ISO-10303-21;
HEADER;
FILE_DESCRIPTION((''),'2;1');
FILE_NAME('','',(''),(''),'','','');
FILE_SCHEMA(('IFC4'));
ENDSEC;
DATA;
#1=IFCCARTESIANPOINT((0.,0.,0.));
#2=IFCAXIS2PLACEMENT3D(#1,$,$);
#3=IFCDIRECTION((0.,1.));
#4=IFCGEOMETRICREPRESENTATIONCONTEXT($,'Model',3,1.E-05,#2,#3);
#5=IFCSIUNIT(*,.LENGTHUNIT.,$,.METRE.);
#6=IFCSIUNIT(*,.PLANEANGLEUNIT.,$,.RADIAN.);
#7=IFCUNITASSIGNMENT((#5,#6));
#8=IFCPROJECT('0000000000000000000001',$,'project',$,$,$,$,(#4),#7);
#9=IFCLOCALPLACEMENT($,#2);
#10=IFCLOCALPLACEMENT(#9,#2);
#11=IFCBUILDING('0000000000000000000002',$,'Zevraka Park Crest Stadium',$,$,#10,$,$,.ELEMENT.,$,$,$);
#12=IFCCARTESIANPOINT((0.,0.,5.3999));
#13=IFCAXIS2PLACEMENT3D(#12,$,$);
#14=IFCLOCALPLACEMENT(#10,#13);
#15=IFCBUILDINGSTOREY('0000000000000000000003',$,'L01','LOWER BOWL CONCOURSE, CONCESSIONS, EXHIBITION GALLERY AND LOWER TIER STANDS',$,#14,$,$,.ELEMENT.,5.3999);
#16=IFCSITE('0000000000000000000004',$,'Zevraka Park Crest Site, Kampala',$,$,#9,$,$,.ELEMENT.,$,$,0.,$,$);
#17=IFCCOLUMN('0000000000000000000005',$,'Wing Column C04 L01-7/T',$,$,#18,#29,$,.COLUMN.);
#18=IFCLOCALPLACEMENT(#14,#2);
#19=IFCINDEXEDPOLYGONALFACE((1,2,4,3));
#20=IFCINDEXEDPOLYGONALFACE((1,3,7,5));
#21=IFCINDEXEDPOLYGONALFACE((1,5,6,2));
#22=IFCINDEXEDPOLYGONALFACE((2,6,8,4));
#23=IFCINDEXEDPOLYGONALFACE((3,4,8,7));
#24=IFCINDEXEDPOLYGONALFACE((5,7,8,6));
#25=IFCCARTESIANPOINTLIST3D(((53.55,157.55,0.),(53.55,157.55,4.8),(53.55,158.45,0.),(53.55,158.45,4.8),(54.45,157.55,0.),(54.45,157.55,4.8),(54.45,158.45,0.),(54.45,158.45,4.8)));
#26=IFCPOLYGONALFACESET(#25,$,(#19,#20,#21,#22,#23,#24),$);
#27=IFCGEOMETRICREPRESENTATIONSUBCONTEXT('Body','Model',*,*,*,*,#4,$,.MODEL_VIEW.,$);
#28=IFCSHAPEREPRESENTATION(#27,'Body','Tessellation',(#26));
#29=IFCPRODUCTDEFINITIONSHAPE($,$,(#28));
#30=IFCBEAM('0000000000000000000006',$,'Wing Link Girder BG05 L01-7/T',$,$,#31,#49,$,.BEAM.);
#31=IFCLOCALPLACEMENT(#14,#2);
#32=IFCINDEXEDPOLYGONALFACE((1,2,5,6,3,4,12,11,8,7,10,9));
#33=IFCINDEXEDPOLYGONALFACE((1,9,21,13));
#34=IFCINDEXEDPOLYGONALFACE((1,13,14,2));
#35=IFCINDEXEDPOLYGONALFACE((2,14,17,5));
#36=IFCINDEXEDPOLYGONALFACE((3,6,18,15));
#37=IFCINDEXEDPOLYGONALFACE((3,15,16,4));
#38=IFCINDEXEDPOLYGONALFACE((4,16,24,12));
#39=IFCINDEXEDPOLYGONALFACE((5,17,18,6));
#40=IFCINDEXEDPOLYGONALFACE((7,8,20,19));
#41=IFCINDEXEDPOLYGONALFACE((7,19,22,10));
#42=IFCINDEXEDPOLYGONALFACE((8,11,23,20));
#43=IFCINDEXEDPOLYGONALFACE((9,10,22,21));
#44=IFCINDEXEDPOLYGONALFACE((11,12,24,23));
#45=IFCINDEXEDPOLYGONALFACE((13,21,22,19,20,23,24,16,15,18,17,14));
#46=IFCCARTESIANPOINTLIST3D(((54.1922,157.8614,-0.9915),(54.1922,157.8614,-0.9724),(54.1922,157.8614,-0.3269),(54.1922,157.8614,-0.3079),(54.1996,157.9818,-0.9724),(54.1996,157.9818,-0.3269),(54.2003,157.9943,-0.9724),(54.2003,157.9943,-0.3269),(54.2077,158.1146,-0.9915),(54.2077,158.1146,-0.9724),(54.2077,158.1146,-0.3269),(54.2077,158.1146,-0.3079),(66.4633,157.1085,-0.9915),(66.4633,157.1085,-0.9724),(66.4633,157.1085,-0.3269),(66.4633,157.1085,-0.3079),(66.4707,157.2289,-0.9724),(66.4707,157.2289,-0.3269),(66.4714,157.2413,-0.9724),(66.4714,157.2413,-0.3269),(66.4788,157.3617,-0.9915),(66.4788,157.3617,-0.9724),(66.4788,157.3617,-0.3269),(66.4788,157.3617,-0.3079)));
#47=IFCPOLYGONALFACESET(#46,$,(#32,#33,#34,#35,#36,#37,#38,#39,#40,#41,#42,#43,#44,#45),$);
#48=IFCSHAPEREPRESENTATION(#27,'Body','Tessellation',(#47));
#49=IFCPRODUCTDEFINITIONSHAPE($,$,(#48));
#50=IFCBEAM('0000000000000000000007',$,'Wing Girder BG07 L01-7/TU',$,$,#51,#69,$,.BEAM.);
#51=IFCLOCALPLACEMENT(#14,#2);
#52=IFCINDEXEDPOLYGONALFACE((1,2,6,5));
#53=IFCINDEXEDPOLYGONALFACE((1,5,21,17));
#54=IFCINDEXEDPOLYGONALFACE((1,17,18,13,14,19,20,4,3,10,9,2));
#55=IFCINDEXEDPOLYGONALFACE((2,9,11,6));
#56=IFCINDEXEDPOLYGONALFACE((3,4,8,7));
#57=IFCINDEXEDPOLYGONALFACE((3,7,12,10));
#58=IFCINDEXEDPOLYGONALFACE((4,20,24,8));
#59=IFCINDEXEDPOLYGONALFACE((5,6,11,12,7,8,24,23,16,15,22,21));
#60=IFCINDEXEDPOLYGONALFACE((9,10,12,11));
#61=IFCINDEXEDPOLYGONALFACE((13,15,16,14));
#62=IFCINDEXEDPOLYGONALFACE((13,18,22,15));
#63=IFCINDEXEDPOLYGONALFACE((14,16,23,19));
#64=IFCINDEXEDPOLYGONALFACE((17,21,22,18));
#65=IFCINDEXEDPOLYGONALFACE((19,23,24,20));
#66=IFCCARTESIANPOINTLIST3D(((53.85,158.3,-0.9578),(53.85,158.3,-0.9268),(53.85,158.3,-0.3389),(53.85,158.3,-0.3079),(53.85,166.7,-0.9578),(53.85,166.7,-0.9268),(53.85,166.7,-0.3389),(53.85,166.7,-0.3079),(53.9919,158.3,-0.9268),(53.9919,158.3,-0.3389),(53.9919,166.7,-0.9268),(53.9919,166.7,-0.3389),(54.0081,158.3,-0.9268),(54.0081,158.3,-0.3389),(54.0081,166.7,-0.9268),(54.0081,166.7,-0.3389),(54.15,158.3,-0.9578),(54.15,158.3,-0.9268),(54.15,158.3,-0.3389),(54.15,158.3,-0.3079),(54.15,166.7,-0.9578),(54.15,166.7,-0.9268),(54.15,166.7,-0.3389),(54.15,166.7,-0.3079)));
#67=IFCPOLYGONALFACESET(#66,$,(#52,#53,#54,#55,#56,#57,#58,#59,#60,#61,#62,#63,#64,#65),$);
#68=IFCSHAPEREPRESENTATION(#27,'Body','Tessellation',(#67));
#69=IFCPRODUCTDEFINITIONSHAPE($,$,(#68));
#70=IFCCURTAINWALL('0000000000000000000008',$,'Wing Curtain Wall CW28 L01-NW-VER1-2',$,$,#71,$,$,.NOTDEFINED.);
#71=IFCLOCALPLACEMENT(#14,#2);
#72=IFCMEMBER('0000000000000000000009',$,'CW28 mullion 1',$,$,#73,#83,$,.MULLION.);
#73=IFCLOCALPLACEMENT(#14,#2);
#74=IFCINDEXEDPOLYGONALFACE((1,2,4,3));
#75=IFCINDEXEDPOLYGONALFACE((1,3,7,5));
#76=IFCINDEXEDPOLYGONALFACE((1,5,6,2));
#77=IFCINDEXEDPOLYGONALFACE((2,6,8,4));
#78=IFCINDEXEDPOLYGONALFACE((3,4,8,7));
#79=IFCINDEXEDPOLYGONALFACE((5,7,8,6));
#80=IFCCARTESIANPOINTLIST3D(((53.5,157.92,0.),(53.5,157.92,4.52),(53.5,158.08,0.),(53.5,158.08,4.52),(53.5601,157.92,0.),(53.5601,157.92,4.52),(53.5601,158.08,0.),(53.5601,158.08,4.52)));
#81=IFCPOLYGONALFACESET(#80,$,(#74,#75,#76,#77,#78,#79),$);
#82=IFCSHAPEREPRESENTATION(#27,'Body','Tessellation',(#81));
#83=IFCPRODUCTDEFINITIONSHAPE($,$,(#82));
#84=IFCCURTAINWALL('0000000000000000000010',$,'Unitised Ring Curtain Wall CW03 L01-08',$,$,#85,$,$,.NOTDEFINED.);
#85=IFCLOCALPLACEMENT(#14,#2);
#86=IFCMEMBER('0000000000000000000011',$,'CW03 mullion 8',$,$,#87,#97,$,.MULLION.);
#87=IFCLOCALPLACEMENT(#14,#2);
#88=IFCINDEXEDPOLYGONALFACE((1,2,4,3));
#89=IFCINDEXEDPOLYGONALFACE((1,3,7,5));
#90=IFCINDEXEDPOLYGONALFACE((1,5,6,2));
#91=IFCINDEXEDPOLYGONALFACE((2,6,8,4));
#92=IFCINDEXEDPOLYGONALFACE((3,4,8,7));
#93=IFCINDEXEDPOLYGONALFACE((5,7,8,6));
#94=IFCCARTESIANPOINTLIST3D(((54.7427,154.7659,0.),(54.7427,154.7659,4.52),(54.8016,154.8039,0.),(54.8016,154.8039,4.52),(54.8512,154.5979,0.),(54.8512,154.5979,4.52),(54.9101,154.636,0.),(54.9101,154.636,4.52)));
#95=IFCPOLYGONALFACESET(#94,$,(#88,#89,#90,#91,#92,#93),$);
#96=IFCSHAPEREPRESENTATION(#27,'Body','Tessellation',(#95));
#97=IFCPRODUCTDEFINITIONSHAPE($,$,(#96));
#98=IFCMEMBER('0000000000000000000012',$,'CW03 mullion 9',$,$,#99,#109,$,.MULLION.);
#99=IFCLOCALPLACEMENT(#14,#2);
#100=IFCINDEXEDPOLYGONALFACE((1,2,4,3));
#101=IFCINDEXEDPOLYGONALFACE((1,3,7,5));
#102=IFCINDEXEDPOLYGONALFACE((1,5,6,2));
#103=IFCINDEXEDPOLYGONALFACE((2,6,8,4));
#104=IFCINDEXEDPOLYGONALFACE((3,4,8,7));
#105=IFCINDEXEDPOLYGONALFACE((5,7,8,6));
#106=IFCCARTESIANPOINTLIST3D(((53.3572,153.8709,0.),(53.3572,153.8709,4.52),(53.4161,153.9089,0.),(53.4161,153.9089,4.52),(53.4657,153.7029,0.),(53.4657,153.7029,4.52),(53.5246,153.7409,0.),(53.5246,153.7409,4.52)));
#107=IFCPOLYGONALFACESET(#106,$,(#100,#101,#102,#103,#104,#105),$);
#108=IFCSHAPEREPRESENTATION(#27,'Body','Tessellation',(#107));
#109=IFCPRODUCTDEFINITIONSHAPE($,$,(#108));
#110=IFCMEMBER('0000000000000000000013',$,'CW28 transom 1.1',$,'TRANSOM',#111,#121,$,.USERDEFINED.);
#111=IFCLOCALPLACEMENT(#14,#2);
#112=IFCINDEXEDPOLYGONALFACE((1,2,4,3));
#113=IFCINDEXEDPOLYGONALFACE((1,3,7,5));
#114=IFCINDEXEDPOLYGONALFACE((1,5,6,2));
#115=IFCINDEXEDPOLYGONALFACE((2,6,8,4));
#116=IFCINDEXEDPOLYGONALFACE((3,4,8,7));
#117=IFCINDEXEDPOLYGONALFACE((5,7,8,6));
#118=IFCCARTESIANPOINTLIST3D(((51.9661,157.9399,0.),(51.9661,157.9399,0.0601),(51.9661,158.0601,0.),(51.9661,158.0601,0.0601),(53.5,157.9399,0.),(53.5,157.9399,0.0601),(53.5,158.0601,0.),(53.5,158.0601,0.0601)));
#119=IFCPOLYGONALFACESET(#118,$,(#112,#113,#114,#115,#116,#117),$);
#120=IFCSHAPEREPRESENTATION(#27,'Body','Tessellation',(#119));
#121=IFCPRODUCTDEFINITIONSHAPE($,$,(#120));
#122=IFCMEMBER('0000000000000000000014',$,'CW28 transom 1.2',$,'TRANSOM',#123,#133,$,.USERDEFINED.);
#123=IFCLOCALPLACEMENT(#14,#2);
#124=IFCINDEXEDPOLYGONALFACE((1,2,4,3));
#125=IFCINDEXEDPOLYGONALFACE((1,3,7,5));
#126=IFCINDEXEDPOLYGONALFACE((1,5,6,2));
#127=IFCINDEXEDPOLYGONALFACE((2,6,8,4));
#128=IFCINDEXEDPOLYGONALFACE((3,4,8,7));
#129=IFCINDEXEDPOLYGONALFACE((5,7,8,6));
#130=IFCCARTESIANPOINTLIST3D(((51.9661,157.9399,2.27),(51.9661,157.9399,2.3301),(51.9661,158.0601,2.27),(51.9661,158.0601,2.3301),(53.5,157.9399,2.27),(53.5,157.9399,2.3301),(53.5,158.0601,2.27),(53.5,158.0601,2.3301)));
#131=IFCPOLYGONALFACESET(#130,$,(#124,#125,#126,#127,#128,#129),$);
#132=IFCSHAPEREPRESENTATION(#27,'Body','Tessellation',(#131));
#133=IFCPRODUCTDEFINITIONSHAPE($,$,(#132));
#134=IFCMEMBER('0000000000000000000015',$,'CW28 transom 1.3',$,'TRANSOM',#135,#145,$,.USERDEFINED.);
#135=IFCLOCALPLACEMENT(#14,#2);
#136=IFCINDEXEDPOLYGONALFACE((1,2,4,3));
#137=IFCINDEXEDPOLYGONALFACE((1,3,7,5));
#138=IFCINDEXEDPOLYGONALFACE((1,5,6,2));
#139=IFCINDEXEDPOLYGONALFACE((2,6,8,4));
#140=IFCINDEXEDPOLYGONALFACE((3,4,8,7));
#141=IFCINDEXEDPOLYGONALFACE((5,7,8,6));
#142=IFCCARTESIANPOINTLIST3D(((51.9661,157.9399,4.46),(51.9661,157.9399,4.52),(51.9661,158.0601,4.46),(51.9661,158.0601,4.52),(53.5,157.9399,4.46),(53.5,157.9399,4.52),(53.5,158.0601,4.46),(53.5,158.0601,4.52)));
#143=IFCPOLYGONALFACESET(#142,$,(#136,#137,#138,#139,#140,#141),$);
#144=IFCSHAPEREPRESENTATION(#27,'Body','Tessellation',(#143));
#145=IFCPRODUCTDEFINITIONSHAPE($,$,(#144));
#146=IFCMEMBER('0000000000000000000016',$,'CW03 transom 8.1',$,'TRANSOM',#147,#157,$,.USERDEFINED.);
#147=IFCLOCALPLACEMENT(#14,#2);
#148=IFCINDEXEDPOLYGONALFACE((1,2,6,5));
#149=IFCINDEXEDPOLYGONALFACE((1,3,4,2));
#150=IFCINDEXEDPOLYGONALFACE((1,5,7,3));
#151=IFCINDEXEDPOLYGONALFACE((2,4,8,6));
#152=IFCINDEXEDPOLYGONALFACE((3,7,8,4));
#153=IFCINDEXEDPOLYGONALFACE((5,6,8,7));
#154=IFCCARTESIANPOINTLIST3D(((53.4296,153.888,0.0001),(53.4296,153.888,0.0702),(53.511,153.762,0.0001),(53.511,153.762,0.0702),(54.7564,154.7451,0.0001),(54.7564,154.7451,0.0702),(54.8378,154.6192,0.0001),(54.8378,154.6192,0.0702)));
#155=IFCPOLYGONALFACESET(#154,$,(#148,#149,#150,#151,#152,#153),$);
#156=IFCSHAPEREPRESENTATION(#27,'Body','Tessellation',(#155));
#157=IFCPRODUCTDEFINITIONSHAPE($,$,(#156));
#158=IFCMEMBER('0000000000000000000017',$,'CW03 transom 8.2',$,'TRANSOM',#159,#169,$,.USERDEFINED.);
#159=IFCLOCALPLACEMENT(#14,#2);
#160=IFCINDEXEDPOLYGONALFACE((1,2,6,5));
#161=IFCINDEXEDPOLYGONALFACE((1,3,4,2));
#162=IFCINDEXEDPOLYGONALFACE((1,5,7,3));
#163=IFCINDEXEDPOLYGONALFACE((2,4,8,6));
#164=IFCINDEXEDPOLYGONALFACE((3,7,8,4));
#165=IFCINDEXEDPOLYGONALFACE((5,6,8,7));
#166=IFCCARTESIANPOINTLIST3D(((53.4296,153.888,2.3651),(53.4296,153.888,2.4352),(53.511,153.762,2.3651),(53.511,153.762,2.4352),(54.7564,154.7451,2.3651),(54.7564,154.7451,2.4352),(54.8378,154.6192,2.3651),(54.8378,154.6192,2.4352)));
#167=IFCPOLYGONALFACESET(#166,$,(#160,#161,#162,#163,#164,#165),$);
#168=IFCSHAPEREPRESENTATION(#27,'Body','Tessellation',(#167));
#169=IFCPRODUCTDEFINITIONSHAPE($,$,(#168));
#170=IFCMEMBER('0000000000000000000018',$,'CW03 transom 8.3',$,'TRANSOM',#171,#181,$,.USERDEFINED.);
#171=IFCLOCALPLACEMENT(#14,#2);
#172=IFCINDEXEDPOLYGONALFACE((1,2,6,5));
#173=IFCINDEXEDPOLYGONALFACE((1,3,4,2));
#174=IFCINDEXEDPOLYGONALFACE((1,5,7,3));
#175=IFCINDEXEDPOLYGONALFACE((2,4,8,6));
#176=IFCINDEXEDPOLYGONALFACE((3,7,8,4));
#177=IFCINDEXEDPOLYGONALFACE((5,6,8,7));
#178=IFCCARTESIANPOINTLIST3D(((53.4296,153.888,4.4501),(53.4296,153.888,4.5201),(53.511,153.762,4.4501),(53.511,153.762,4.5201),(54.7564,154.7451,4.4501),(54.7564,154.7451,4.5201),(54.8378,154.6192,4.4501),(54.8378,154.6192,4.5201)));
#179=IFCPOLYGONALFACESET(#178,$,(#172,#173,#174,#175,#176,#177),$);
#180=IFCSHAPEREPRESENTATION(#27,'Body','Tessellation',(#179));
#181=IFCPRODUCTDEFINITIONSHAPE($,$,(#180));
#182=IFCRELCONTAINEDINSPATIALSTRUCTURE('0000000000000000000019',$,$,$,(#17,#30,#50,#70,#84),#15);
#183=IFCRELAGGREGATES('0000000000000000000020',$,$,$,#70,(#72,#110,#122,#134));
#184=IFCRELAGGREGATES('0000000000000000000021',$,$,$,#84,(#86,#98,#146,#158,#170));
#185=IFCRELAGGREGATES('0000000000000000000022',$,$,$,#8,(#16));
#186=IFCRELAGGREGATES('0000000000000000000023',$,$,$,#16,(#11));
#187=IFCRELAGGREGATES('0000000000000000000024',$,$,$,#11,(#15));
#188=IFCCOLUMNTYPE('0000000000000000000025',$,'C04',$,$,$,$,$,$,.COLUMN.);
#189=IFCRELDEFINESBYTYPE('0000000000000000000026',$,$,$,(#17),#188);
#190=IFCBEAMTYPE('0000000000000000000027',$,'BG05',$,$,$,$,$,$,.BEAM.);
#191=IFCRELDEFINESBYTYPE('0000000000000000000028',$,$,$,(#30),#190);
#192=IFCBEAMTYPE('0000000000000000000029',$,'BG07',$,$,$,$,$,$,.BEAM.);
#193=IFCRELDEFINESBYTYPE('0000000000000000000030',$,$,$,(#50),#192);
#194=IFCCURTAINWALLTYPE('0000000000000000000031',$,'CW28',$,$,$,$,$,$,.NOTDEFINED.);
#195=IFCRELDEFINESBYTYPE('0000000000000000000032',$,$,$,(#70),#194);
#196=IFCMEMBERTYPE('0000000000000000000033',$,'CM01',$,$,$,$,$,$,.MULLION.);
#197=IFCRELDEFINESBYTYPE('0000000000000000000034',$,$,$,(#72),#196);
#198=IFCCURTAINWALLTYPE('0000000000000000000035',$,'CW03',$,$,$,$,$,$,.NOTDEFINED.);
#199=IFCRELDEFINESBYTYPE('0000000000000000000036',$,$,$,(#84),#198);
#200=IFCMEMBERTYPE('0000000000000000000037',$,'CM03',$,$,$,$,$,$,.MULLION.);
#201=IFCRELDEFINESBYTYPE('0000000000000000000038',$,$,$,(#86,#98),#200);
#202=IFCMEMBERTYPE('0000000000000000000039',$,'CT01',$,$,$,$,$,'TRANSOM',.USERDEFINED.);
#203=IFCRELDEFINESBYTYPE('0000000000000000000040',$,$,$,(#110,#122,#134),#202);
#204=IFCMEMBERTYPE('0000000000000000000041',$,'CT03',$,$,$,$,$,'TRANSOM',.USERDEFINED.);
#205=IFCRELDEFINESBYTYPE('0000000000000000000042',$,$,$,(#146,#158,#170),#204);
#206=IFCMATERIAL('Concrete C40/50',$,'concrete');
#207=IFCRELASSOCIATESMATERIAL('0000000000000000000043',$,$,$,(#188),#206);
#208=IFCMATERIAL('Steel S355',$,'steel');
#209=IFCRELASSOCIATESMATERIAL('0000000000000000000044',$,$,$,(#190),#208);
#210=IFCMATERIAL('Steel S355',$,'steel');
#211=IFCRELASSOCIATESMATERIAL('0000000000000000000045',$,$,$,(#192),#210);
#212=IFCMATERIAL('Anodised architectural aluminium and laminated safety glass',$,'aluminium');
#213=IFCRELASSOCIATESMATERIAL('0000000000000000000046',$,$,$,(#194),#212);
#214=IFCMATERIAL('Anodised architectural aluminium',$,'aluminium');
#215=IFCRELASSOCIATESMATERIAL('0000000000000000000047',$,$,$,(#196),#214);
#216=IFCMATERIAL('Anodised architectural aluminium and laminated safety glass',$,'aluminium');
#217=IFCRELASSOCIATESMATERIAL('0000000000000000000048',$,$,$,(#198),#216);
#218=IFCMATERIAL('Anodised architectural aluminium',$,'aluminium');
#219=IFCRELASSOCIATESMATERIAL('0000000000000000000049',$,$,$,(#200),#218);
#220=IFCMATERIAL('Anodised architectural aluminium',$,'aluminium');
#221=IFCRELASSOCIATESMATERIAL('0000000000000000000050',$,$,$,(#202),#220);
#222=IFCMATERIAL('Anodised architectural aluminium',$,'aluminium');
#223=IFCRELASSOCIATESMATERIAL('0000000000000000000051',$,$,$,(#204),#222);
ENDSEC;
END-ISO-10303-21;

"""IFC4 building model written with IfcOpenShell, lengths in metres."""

from ifc_helpers import new_model, si_unit, direction, frame, origin, origin_2d, place, context, subcontext, project, spatial, rectangle, i_section, extrude, material, material_profile, profile_set, type_object, element, aggregate, save


model = new_model("IFC4")

# Units and contexts
model_context = context("Model", 3, precision=1e-05, world=origin(), true_north=direction((0.0, 1.0)))
body_context = subcontext(model_context, "Body", "Model", "MODEL_VIEW")
ifc_project = project(units=[si_unit("LENGTHUNIT", "METRE"), si_unit("PLANEANGLEUNIT", "RADIAN")], contexts=[model_context])

# Site, building, storey
site_placement = place(None, origin())
site = spatial("IfcSite", under=ifc_project, at=site_placement, Name="Zevraka Park Crest Site, Kampala", CompositionType="ELEMENT", RefElevation=0.0)
building_placement = place(site_placement, origin())
building = spatial("IfcBuilding", under=site, at=building_placement, Name="Zevraka Park Crest Stadium", CompositionType="ELEMENT")
storey_placement = place(building_placement, frame((0.0, 0.0, 5.3999)))
storey = spatial("IfcBuildingStorey", under=building, at=storey_placement, Name="L01", Description="LOWER BOWL CONCOURSE, CONCESSIONS, EXHIBITION GALLERY AND LOWER TIER STANDS", CompositionType="ELEMENT", Elevation=5.3999)

# Column
ifc_material_1 = material(Name="Concrete C40/50", Category="concrete")
ifc_material_profile_1 = material_profile(ifc_material_1, rectangle(XDim=0.8999, YDim=0.8999, at=origin_2d()), Name="RC 900x900")
ifc_profile_set_1 = profile_set([ifc_material_profile_1], Name="Concrete C40/50")
column_type = type_object("IfcColumnType", Name="C04", PredefinedType="COLUMN", material=ifc_profile_set_1)
column_placement = place(storey_placement, frame((54.0, 158.0, 0.0), z_axis=(0.0, 0.0, 1.0), x_axis=(1.0, 0.0, 0.0)))
element("IfcColumn", 1, at=column_placement, inside=storey, type_object=column_type, Name="Wing Column C04 L01-7/T", PredefinedType="COLUMN", context=body_context, shape_type="SweptSolid", body=[
    extrude(rectangle(XDim=0.8999, YDim=0.8999, at=origin_2d()), origin(), (0.0, 0.0, 1.0), 4.8),
])

# Beams
ifc_material_2 = material(Name="Steel S355", Category="steel")
ifc_material_profile_2 = material_profile(ifc_material_2, i_section(OverallWidth=0.2537, OverallDepth=0.6836, WebThickness=0.0125, FlangeThickness=0.019, at=origin_2d()), Name="UKB 686x254x140")
ifc_profile_set_2 = profile_set([ifc_material_profile_2], Name="Steel S355")
beam_type_1 = type_object("IfcBeamType", Name="BG05", PredefinedType="BEAM", material=ifc_profile_set_2)
beam_1_placement = place(storey_placement, frame((54.2, 157.988, -0.6497), z_axis=(0.998123, -0.061243, 0.0), x_axis=(0.061243, 0.998123, 0.0)))
element("IfcBeam", 2, at=beam_1_placement, inside=storey, type_object=beam_type_1, Name="Wing Link Girder BG05 L01-7/T", PredefinedType="BEAM", context=body_context, shape_type="SweptSolid", body=[
    extrude(i_section(OverallWidth=0.2537, OverallDepth=0.6836, WebThickness=0.0125, FlangeThickness=0.019, at=origin_2d()), origin(), (0.0, 0.0, 1.0), 12.2942),
])
ifc_material_3 = material(Name="Steel S355", Category="steel")
ifc_material_profile_3 = material_profile(ifc_material_3, i_section(OverallWidth=0.3, OverallDepth=0.6499, WebThickness=0.0161, FlangeThickness=0.031, at=origin_2d()), Name="HEB 650")
ifc_profile_set_3 = profile_set([ifc_material_profile_3], Name="Steel S355")
beam_type_2 = type_object("IfcBeamType", Name="BG07", PredefinedType="BEAM", material=ifc_profile_set_3)
beam_2_placement = place(storey_placement, frame((54.0, 158.3, -0.6328), z_axis=(0.0, 1.0, 0.0), x_axis=(-1.0, 0.0, 0.0)))
element("IfcBeam", 3, at=beam_2_placement, inside=storey, type_object=beam_type_2, Name="Wing Girder BG07 L01-7/TU", PredefinedType="BEAM", context=body_context, shape_type="SweptSolid", body=[
    extrude(i_section(OverallWidth=0.3, OverallDepth=0.6499, WebThickness=0.0161, FlangeThickness=0.031, at=origin_2d()), origin(), (0.0, 0.0, 1.0), 8.3999),
])

# Curtain wall, member
ifc_material_4 = material(Name="Anodised architectural aluminium and laminated safety glass", Category="aluminium")
curtain_wall_type_1 = type_object("IfcCurtainWallType", Name="CW28", PredefinedType="NOTDEFINED", material=ifc_material_4)
curtain_wall_1_placement = place(storey_placement, origin())
curtain_wall_1 = element("IfcCurtainWall", 4, at=curtain_wall_1_placement, inside=storey, type_object=curtain_wall_type_1, Name="Wing Curtain Wall CW28 L01-NW-VER1-2", PredefinedType="NOTDEFINED")
ifc_material_5 = material(Name="Anodised architectural aluminium", Category="aluminium")
ifc_material_profile_4 = material_profile(ifc_material_5, rectangle(XDim=0.1599, YDim=0.0601, at=origin_2d()), Name="ALU MULLION 160x60")
ifc_profile_set_4 = profile_set([ifc_material_profile_4], Name="Anodised architectural aluminium")
member_type_1 = type_object("IfcMemberType", Name="CM01", PredefinedType="MULLION", material=ifc_profile_set_4)
member_1_placement = place(storey_placement, frame((53.53, 158.0, 0.0), z_axis=(0.0, 0.0, 1.0), x_axis=(0.0, -1.0, 0.0)))
member_1 = element("IfcMember", 5, at=member_1_placement, type_object=member_type_1, Name="CW28 mullion 1", PredefinedType="MULLION", context=body_context, shape_type="SweptSolid", body=[
    extrude(rectangle(XDim=0.1599, YDim=0.0601, at=origin_2d()), origin(), (0.0, 0.0, 1.0), 4.52),
])

# Curtain wall, members
ifc_material_6 = material(Name="Anodised architectural aluminium and laminated safety glass", Category="aluminium")
curtain_wall_type_2 = type_object("IfcCurtainWallType", Name="CW03", PredefinedType="NOTDEFINED", material=ifc_material_6)
curtain_wall_2_placement = place(storey_placement, origin())
curtain_wall_2 = element("IfcCurtainWall", 6, at=curtain_wall_2_placement, inside=storey, type_object=curtain_wall_type_2, Name="Unitised Ring Curtain Wall CW03 L01-08", PredefinedType="NOTDEFINED")
ifc_material_7 = material(Name="Anodised architectural aluminium", Category="aluminium")
ifc_material_profile_5 = material_profile(ifc_material_7, rectangle(XDim=0.2, YDim=0.0701, at=origin_2d()), Name="ALU MULLION 200x70")
ifc_profile_set_5 = profile_set([ifc_material_profile_5], Name="Anodised architectural aluminium")
member_type_2 = type_object("IfcMemberType", Name="CM03", PredefinedType="MULLION", material=ifc_profile_set_5)
member_2_placement = place(storey_placement, frame((54.8264, 154.7009, 0.0), z_axis=(0.0, 0.0, 1.0), x_axis=(0.542571, -0.84001, 0.0)))
member_2 = element("IfcMember", 7, at=member_2_placement, type_object=member_type_2, Name="CW03 mullion 8", PredefinedType="MULLION", context=body_context, shape_type="SweptSolid", body=[
    extrude(rectangle(XDim=0.2, YDim=0.0701, at=origin_2d()), origin(), (0.0, 0.0, 1.0), 4.52),
])
member_3_placement = place(storey_placement, frame((53.4409, 153.8059, 0.0), z_axis=(0.0, 0.0, 1.0), x_axis=(0.542571, -0.84001, 0.0)))
member_3 = element("IfcMember", 8, at=member_3_placement, type_object=member_type_2, Name="CW03 mullion 9", PredefinedType="MULLION", context=body_context, shape_type="SweptSolid", body=[
    extrude(rectangle(XDim=0.2, YDim=0.0701, at=origin_2d()), origin(), (0.0, 0.0, 1.0), 4.52),
])

# Members
ifc_material_8 = material(Name="Anodised architectural aluminium", Category="aluminium")
ifc_material_profile_6 = material_profile(ifc_material_8, rectangle(XDim=0.1201, YDim=0.0601, at=origin_2d()), Name="ALU TRANSOM 120x60")
ifc_profile_set_6 = profile_set([ifc_material_profile_6], Name="Anodised architectural aluminium")
member_type_3 = type_object("IfcMemberType", Name="CT01", ElementType="TRANSOM", PredefinedType="USERDEFINED", material=ifc_profile_set_6)
member_4_placement = place(storey_placement, frame((53.5, 158.0, 0.03), z_axis=(-1.0, 0.0, 0.0), x_axis=(0.0, -1.0, 0.0)))
member_4 = element("IfcMember", 9, at=member_4_placement, type_object=member_type_3, Name="CW28 transom 1.1", ObjectType="TRANSOM", PredefinedType="USERDEFINED", context=body_context, shape_type="SweptSolid", body=[
    extrude(rectangle(XDim=0.1201, YDim=0.0601, at=origin_2d()), origin(), (0.0, 0.0, 1.0), 1.5339),
])
member_5_placement = place(storey_placement, frame((53.5, 158.0, 2.3), z_axis=(-1.0, 0.0, 0.0), x_axis=(0.0, -1.0, 0.0)))
member_5 = element("IfcMember", 10, at=member_5_placement, type_object=member_type_3, Name="CW28 transom 1.2", ObjectType="TRANSOM", PredefinedType="USERDEFINED", context=body_context, shape_type="SweptSolid", body=[
    extrude(rectangle(XDim=0.1201, YDim=0.0601, at=origin_2d()), origin(), (0.0, 0.0, 1.0), 1.5339),
])
member_6_placement = place(storey_placement, frame((53.5, 158.0, 4.49), z_axis=(-1.0, 0.0, 0.0), x_axis=(0.0, -1.0, 0.0)))
member_6 = element("IfcMember", 11, at=member_6_placement, type_object=member_type_3, Name="CW28 transom 1.3", ObjectType="TRANSOM", PredefinedType="USERDEFINED", context=body_context, shape_type="SweptSolid", body=[
    extrude(rectangle(XDim=0.1201, YDim=0.0601, at=origin_2d()), origin(), (0.0, 0.0, 1.0), 1.5339),
])
aggregate(curtain_wall_1, [member_1, member_4, member_5, member_6])
ifc_material_9 = material(Name="Anodised architectural aluminium", Category="aluminium")
ifc_material_profile_7 = material_profile(ifc_material_9, rectangle(XDim=0.1499, YDim=0.0701, at=origin_2d()), Name="ALU TRANSOM 150x70")
ifc_profile_set_7 = profile_set([ifc_material_profile_7], Name="Anodised architectural aluminium")
member_type_4 = type_object("IfcMemberType", Name="CT03", ElementType="TRANSOM", PredefinedType="USERDEFINED", material=ifc_profile_set_7)
member_7_placement = place(storey_placement, frame((54.7971, 154.6821, 0.0352), z_axis=(-0.839976, -0.542623, 0.0), x_axis=(0.542623, -0.839976, 0.0)))
member_7 = element("IfcMember", 12, at=member_7_placement, type_object=member_type_4, Name="CW03 transom 8.1", ObjectType="TRANSOM", PredefinedType="USERDEFINED", context=body_context, shape_type="SweptSolid", body=[
    extrude(rectangle(XDim=0.1499, YDim=0.0701, at=origin_2d()), origin(), (0.0, 0.0, 1.0), 1.5796),
])
member_8_placement = place(storey_placement, frame((54.7971, 154.6821, 2.4001), z_axis=(-0.839976, -0.542623, 0.0), x_axis=(0.542623, -0.839976, 0.0)))
member_8 = element("IfcMember", 13, at=member_8_placement, type_object=member_type_4, Name="CW03 transom 8.2", ObjectType="TRANSOM", PredefinedType="USERDEFINED", context=body_context, shape_type="SweptSolid", body=[
    extrude(rectangle(XDim=0.1499, YDim=0.0701, at=origin_2d()), origin(), (0.0, 0.0, 1.0), 1.5796),
])
member_9_placement = place(storey_placement, frame((54.7971, 154.6821, 4.4851), z_axis=(-0.839976, -0.542623, 0.0), x_axis=(0.542623, -0.839976, 0.0)))
member_9 = element("IfcMember", 14, at=member_9_placement, type_object=member_type_4, Name="CW03 transom 8.3", ObjectType="TRANSOM", PredefinedType="USERDEFINED", context=body_context, shape_type="SweptSolid", body=[
    extrude(rectangle(XDim=0.1499, YDim=0.0701, at=origin_2d()), origin(), (0.0, 0.0, 1.0), 1.5796),
])

aggregate(curtain_wall_2, [member_2, member_3, member_7, member_8, member_9])

save(model, "model.ifc")
